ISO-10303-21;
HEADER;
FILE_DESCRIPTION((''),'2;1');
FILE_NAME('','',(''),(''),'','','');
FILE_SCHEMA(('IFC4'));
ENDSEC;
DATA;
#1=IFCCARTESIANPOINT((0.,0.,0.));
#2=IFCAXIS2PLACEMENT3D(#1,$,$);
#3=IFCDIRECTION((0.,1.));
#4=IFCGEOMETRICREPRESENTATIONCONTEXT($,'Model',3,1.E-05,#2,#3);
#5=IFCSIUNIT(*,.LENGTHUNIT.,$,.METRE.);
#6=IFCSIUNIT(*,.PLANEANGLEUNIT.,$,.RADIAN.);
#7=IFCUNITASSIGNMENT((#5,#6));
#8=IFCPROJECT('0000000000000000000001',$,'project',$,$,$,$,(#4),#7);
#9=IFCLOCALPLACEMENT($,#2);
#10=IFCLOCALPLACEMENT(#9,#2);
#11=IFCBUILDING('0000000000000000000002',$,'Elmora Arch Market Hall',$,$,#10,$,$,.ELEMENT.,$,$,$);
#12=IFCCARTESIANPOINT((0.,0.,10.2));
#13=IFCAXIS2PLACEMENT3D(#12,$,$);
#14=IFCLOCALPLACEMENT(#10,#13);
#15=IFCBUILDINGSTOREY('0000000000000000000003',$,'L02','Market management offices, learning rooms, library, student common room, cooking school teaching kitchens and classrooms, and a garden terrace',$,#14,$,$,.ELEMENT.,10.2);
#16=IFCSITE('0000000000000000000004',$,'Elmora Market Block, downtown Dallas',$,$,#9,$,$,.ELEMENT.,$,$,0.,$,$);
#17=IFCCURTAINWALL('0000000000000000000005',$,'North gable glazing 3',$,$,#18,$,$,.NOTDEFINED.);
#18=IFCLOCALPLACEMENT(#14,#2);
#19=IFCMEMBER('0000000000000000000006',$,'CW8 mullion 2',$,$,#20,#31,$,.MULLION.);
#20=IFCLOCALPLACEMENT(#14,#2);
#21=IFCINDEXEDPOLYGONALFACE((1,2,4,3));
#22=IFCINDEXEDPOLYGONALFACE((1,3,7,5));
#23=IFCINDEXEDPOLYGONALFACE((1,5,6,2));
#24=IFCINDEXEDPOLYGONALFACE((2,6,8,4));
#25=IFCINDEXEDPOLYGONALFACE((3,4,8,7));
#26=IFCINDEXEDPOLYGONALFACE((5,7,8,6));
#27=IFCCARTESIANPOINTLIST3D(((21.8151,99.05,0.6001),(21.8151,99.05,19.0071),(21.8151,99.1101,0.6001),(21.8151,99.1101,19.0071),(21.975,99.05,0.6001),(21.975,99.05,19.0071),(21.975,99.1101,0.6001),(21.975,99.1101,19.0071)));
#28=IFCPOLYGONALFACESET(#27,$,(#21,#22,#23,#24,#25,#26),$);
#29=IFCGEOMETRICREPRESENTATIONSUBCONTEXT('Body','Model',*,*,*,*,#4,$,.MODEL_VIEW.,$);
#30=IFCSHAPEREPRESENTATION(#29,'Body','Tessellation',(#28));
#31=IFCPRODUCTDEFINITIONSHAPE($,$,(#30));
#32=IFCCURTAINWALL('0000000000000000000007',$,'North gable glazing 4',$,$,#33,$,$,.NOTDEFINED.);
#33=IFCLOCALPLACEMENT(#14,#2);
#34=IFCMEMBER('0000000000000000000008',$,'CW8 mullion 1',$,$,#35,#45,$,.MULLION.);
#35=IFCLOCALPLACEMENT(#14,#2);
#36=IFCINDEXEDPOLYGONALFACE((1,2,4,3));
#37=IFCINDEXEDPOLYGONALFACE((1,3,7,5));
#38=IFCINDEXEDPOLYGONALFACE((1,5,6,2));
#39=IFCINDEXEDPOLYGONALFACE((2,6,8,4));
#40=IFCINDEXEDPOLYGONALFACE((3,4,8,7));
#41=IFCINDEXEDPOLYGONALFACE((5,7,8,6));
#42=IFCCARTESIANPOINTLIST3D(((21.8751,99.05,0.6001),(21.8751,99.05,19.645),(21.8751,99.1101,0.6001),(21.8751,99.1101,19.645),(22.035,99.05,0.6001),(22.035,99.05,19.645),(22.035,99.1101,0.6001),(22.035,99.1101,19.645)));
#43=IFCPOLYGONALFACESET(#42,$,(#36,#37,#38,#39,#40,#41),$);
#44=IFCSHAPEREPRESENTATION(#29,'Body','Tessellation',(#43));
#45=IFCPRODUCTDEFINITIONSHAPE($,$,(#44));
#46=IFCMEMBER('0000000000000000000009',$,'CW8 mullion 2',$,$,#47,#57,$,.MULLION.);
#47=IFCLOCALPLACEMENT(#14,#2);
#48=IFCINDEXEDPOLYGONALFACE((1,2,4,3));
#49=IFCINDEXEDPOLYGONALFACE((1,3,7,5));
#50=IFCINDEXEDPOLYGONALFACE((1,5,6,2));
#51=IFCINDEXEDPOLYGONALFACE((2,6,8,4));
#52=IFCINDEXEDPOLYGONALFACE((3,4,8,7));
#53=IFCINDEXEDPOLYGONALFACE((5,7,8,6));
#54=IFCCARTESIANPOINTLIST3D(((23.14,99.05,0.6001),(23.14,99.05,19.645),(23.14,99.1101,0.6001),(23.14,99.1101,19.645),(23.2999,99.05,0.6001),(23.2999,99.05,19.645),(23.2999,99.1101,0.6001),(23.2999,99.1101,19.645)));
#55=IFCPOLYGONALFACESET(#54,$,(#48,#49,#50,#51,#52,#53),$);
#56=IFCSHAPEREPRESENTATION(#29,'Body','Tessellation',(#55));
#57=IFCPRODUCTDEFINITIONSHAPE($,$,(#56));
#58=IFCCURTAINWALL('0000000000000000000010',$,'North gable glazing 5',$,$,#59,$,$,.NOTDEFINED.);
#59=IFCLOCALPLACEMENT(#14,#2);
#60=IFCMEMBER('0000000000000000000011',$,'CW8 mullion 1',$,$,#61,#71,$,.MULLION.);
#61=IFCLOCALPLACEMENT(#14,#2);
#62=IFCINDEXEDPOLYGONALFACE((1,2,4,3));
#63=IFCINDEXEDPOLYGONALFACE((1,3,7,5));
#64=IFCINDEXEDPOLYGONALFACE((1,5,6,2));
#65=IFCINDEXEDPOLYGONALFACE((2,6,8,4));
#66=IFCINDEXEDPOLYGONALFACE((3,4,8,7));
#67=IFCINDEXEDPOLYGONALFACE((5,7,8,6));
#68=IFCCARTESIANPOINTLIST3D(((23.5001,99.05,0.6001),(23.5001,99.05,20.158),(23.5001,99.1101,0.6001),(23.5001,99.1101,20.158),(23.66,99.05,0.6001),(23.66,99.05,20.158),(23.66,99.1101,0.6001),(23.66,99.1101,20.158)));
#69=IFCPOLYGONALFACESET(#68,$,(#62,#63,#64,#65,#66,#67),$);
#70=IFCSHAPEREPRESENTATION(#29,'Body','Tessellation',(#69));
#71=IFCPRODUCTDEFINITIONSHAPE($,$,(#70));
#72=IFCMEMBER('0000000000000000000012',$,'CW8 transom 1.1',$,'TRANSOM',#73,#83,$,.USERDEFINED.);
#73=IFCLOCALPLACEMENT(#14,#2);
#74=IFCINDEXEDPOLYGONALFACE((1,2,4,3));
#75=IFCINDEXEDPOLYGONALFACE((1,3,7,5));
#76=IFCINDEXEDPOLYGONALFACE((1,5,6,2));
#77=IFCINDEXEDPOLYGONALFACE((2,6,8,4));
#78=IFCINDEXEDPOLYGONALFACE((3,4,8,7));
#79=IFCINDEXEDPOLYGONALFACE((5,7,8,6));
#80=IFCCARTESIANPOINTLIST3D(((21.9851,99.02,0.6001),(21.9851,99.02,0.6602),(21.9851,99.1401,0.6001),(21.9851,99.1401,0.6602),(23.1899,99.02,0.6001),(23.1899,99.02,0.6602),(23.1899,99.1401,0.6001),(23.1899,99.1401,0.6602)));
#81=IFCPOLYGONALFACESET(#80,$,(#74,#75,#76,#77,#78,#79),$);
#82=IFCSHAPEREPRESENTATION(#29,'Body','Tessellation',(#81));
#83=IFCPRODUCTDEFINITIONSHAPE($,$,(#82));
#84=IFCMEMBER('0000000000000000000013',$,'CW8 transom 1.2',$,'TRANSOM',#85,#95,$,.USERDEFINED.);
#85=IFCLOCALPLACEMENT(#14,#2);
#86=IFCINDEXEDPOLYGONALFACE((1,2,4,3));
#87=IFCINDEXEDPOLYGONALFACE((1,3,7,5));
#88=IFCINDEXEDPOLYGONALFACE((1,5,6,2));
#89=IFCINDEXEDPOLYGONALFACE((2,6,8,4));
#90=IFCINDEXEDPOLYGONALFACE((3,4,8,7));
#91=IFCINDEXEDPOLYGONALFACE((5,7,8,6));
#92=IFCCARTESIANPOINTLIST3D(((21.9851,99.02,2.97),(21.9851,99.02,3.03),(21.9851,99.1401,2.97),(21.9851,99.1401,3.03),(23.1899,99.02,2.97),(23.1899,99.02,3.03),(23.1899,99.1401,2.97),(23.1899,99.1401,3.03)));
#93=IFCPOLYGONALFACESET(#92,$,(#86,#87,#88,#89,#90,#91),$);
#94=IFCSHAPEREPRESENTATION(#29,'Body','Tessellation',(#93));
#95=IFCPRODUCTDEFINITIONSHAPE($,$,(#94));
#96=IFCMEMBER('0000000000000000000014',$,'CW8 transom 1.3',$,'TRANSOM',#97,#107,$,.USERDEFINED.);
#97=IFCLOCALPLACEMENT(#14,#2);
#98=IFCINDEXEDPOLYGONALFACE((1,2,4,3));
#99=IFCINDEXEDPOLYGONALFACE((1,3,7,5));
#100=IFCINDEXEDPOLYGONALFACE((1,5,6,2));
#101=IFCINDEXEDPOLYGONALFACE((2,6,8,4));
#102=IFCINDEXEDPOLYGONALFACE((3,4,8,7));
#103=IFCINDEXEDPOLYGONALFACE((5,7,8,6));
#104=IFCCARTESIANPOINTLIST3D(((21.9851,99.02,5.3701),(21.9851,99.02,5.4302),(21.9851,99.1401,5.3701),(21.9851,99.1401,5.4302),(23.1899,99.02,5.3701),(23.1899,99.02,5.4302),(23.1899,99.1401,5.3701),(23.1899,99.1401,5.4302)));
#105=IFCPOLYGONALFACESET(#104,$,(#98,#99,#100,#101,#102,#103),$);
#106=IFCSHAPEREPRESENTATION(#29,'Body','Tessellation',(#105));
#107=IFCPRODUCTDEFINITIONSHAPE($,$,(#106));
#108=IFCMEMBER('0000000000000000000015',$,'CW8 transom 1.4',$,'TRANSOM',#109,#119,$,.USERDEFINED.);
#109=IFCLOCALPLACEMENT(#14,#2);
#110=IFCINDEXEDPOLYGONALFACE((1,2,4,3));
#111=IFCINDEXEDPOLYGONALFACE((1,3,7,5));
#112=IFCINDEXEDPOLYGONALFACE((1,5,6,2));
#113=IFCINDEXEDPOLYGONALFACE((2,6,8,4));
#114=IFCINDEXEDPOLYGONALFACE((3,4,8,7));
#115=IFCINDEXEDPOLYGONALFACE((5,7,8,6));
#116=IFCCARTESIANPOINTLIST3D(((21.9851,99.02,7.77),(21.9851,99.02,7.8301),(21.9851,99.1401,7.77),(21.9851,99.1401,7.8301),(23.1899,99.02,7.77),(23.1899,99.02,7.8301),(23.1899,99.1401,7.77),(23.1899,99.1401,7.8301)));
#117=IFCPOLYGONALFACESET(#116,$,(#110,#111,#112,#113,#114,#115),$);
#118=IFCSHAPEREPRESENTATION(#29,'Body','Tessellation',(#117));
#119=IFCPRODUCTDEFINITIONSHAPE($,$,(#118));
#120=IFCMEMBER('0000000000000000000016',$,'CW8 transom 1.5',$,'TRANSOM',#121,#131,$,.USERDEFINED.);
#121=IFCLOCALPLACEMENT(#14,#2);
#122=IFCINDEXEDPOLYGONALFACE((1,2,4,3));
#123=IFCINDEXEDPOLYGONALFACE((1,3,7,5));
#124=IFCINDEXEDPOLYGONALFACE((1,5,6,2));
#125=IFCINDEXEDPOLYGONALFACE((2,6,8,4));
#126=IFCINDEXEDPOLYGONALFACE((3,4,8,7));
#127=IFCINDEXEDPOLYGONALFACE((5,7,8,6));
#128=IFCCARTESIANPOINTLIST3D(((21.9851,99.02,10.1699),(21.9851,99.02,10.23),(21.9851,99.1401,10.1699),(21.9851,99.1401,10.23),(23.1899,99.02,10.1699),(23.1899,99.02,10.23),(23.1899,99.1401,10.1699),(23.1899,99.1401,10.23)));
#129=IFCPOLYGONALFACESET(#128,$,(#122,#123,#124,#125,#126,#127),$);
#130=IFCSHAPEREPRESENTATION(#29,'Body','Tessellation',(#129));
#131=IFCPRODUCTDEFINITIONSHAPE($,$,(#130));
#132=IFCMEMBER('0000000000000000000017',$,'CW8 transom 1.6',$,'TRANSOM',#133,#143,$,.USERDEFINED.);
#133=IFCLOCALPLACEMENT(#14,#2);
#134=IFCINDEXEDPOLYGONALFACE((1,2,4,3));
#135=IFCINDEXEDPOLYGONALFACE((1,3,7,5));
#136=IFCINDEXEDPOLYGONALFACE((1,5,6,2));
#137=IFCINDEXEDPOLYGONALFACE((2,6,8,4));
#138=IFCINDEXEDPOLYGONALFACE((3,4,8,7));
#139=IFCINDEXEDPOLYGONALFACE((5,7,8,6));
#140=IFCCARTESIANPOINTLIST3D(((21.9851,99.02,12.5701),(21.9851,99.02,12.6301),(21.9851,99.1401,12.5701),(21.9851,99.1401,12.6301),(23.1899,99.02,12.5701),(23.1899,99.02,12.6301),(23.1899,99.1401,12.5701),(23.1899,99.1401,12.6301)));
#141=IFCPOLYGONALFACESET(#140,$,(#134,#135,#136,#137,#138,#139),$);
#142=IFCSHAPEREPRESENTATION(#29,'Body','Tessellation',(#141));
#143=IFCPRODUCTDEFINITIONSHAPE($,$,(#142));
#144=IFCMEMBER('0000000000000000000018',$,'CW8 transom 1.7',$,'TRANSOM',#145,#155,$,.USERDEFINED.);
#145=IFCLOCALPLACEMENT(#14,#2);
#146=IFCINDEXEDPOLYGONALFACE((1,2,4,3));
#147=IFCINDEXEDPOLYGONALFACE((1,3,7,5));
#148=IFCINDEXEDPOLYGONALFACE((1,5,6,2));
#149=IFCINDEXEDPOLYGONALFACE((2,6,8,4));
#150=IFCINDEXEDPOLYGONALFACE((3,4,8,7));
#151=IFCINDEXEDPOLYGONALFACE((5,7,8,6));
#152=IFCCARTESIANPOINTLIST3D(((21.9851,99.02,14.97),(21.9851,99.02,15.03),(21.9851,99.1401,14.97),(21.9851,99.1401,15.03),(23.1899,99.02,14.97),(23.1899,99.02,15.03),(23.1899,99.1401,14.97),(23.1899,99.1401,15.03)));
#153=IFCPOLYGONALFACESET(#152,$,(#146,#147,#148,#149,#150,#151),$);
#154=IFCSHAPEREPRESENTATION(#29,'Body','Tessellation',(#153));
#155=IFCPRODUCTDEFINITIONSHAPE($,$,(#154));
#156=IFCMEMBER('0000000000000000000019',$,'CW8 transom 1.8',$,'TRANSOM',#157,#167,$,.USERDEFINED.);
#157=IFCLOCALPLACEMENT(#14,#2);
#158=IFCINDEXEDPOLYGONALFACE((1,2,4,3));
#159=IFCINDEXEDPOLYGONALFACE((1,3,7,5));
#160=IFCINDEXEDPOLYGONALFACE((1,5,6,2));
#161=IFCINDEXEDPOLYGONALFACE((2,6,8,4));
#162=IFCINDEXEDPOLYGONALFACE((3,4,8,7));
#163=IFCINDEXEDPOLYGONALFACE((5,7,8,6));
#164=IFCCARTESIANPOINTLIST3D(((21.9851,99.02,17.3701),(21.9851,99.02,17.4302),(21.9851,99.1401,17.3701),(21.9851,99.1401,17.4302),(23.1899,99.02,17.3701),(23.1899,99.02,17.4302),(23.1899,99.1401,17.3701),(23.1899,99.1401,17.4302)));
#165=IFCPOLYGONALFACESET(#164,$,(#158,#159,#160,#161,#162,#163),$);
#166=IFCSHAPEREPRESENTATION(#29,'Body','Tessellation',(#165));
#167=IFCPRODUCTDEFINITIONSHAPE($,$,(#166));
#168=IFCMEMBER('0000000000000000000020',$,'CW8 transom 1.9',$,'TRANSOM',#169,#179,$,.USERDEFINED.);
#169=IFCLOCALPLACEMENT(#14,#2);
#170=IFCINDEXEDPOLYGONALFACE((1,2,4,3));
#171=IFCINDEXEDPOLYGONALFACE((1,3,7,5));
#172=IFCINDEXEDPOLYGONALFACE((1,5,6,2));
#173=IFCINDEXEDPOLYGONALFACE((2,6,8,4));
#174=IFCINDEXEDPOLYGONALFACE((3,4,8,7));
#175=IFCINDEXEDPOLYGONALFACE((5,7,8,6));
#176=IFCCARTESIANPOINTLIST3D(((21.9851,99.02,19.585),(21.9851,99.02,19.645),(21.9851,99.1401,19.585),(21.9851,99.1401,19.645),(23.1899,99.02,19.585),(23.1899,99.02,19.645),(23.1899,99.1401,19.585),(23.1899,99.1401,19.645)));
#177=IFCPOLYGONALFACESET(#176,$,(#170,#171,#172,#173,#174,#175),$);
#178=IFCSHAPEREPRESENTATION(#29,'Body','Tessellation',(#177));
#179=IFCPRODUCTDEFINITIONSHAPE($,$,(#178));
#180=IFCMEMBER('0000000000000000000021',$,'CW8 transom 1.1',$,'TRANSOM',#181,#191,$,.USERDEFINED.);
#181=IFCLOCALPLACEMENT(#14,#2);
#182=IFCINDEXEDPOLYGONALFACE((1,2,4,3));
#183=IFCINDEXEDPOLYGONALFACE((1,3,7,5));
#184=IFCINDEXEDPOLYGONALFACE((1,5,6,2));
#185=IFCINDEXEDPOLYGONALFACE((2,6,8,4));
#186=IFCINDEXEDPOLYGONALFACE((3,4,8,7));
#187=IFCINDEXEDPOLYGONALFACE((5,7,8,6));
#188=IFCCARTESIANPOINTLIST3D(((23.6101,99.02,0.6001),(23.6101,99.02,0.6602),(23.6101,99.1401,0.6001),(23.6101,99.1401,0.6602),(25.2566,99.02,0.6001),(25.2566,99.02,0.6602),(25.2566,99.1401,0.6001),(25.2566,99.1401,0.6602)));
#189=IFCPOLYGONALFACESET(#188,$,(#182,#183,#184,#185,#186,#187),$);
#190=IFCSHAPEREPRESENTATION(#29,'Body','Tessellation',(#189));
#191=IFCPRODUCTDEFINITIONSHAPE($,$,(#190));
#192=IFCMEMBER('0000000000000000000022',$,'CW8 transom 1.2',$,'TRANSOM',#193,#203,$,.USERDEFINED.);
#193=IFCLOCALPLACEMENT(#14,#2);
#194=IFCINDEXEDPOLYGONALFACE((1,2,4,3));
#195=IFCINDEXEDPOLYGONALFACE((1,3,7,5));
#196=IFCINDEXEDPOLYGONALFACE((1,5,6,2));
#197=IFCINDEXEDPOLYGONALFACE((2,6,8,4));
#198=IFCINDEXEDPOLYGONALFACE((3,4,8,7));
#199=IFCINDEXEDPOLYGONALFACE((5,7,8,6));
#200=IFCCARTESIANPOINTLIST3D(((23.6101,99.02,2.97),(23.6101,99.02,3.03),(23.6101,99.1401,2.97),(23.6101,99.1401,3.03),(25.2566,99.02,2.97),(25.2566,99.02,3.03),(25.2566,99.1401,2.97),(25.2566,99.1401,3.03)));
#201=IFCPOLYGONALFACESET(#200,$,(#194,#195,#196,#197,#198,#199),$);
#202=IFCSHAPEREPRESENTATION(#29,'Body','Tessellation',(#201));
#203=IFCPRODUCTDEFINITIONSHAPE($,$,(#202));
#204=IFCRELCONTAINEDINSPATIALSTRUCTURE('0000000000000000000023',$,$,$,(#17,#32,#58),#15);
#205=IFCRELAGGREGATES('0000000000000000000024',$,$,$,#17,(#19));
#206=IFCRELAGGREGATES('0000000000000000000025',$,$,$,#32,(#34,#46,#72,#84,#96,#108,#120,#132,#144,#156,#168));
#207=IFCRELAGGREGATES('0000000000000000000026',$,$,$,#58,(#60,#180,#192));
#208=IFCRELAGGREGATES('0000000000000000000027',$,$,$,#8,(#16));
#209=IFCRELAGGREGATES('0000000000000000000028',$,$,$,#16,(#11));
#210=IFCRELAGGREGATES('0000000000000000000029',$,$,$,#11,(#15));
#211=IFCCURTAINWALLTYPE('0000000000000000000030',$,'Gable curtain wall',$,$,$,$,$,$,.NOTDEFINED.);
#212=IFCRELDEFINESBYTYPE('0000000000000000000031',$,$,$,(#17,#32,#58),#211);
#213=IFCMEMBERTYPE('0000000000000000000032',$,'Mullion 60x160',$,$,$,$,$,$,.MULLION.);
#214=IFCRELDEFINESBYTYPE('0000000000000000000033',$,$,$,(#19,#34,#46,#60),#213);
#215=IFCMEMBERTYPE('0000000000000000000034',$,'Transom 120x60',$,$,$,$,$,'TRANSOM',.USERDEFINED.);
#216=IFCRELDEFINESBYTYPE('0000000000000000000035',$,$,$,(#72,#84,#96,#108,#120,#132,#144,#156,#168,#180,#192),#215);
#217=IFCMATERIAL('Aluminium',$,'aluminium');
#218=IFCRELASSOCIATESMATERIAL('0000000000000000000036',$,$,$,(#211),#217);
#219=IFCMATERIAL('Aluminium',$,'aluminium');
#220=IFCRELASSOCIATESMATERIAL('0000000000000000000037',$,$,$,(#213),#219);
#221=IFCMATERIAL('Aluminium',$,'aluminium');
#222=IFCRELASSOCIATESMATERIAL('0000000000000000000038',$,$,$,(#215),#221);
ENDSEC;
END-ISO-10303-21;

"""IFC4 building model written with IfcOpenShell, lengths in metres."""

from ifc_helpers import new_model, si_unit, direction, frame, origin, origin_2d, place, context, subcontext, project, spatial, rectangle, extrude, material, material_profile, profile_set, type_object, element, aggregate, save


model = new_model("IFC4")

# Units and contexts
model_context = context("Model", 3, precision=1e-05, world=origin(), true_north=direction((0.0, 1.0)))
body_context = subcontext(model_context, "Body", "Model", "MODEL_VIEW")
ifc_project = project(units=[si_unit("LENGTHUNIT", "METRE"), si_unit("PLANEANGLEUNIT", "RADIAN")], contexts=[model_context])

# Site, building, storey
site_placement = place(None, origin())
site = spatial("IfcSite", under=ifc_project, at=site_placement, Name="Elmora Market Block, downtown Dallas", CompositionType="ELEMENT", RefElevation=0.0)
building_placement = place(site_placement, origin())
building = spatial("IfcBuilding", under=site, at=building_placement, Name="Elmora Arch Market Hall", CompositionType="ELEMENT")
storey_placement = place(building_placement, frame((0.0, 0.0, 10.2)))
storey = spatial("IfcBuildingStorey", under=building, at=storey_placement, Name="L02", Description="Market management offices, learning rooms, library, student common room, cooking school teaching kitchens and classrooms, and a garden terrace", CompositionType="ELEMENT", Elevation=10.2)

# Curtain wall, member
ifc_material_1 = material(Name="Aluminium", Category="aluminium")
curtain_wall_type = type_object("IfcCurtainWallType", Name="Gable curtain wall", PredefinedType="NOTDEFINED", material=ifc_material_1)
curtain_wall_1_placement = place(storey_placement, origin())
curtain_wall_1 = element("IfcCurtainWall", 1, at=curtain_wall_1_placement, inside=storey, type_object=curtain_wall_type, Name="North gable glazing 3", PredefinedType="NOTDEFINED")
ifc_material_2 = material(Name="Aluminium", Category="aluminium")
ifc_material_profile_1 = material_profile(ifc_material_2, rectangle(XDim=0.0601, YDim=0.1599, at=origin_2d()), Name="AL 60x160")
ifc_profile_set_1 = profile_set([ifc_material_profile_1], Name="Aluminium")
member_type_1 = type_object("IfcMemberType", Name="Mullion 60x160", PredefinedType="MULLION", material=ifc_profile_set_1)
member_1_placement = place(storey_placement, frame((21.895, 99.0801, 0.6001), z_axis=(0.0, 0.0, 1.0), x_axis=(0.0, 1.0, 0.0)))
member_1 = element("IfcMember", 2, at=member_1_placement, type_object=member_type_1, Name="CW8 mullion 2", PredefinedType="MULLION", context=body_context, shape_type="SweptSolid", body=[
    extrude(rectangle(XDim=0.0601, YDim=0.1599, at=origin_2d()), origin(), (0.0, 0.0, 1.0), 18.407),
])
aggregate(curtain_wall_1, [member_1])

# Curtain wall, members
curtain_wall_2_placement = place(storey_placement, origin())
curtain_wall_2 = element("IfcCurtainWall", 3, at=curtain_wall_2_placement, inside=storey, type_object=curtain_wall_type, Name="North gable glazing 4", PredefinedType="NOTDEFINED")
member_2_placement = place(storey_placement, frame((21.9551, 99.0801, 0.6001), z_axis=(0.0, 0.0, 1.0), x_axis=(0.0, 1.0, 0.0)))
member_2 = element("IfcMember", 4, at=member_2_placement, type_object=member_type_1, Name="CW8 mullion 1", PredefinedType="MULLION", context=body_context, shape_type="SweptSolid", body=[
    extrude(rectangle(XDim=0.0601, YDim=0.1599, at=origin_2d()), origin(), (0.0, 0.0, 1.0), 19.0449),
])
member_3_placement = place(storey_placement, frame((23.22, 99.0801, 0.6001), z_axis=(0.0, 0.0, 1.0), x_axis=(0.0, 1.0, 0.0)))
member_3 = element("IfcMember", 5, at=member_3_placement, type_object=member_type_1, Name="CW8 mullion 2", PredefinedType="MULLION", context=body_context, shape_type="SweptSolid", body=[
    extrude(rectangle(XDim=0.0601, YDim=0.1599, at=origin_2d()), origin(), (0.0, 0.0, 1.0), 19.0449),
])

# Curtain wall, member
curtain_wall_3_placement = place(storey_placement, origin())
curtain_wall_3 = element("IfcCurtainWall", 6, at=curtain_wall_3_placement, inside=storey, type_object=curtain_wall_type, Name="North gable glazing 5", PredefinedType="NOTDEFINED")
member_4_placement = place(storey_placement, frame((23.5801, 99.0801, 0.6001), z_axis=(0.0, 0.0, 1.0), x_axis=(0.0, 1.0, 0.0)))
member_4 = element("IfcMember", 7, at=member_4_placement, type_object=member_type_1, Name="CW8 mullion 1", PredefinedType="MULLION", context=body_context, shape_type="SweptSolid", body=[
    extrude(rectangle(XDim=0.0601, YDim=0.1599, at=origin_2d()), origin(), (0.0, 0.0, 1.0), 19.5579),
])

# Members
ifc_material_3 = material(Name="Aluminium", Category="aluminium")
ifc_material_profile_2 = material_profile(ifc_material_3, rectangle(XDim=0.1201, YDim=0.0601, at=origin_2d()), Name="AL 120x60")
ifc_profile_set_2 = profile_set([ifc_material_profile_2], Name="Aluminium")
member_type_2 = type_object("IfcMemberType", Name="Transom 120x60", ElementType="TRANSOM", PredefinedType="USERDEFINED", material=ifc_profile_set_2)
member_5_placement = place(storey_placement, frame((21.9851, 99.0801, 0.6301), z_axis=(1.0, 0.0, 0.0), x_axis=(0.0, 1.0, 0.0)))
member_5 = element("IfcMember", 8, at=member_5_placement, type_object=member_type_2, Name="CW8 transom 1.1", ObjectType="TRANSOM", PredefinedType="USERDEFINED", context=body_context, shape_type="SweptSolid", body=[
    extrude(rectangle(XDim=0.1201, YDim=0.0601, at=origin_2d()), origin(), (0.0, 0.0, 1.0), 1.2048),
])
member_6_placement = place(storey_placement, frame((21.9851, 99.0801, 3.0), z_axis=(1.0, 0.0, 0.0), x_axis=(0.0, 1.0, 0.0)))
member_6 = element("IfcMember", 9, at=member_6_placement, type_object=member_type_2, Name="CW8 transom 1.2", ObjectType="TRANSOM", PredefinedType="USERDEFINED", context=body_context, shape_type="SweptSolid", body=[
    extrude(rectangle(XDim=0.1201, YDim=0.0601, at=origin_2d()), origin(), (0.0, 0.0, 1.0), 1.2048),
])
member_7_placement = place(storey_placement, frame((21.9851, 99.0801, 5.4001), z_axis=(1.0, 0.0, 0.0), x_axis=(0.0, 1.0, 0.0)))
member_7 = element("IfcMember", 10, at=member_7_placement, type_object=member_type_2, Name="CW8 transom 1.3", ObjectType="TRANSOM", PredefinedType="USERDEFINED", context=body_context, shape_type="SweptSolid", body=[
    extrude(rectangle(XDim=0.1201, YDim=0.0601, at=origin_2d()), origin(), (0.0, 0.0, 1.0), 1.2048),
])
member_8_placement = place(storey_placement, frame((21.9851, 99.0801, 7.8), z_axis=(1.0, 0.0, 0.0), x_axis=(0.0, 1.0, 0.0)))
member_8 = element("IfcMember", 11, at=member_8_placement, type_object=member_type_2, Name="CW8 transom 1.4", ObjectType="TRANSOM", PredefinedType="USERDEFINED", context=body_context, shape_type="SweptSolid", body=[
    extrude(rectangle(XDim=0.1201, YDim=0.0601, at=origin_2d()), origin(), (0.0, 0.0, 1.0), 1.2048),
])
member_9_placement = place(storey_placement, frame((21.9851, 99.0801, 10.2), z_axis=(1.0, 0.0, 0.0), x_axis=(0.0, 1.0, 0.0)))
member_9 = element("IfcMember", 12, at=member_9_placement, type_object=member_type_2, Name="CW8 transom 1.5", ObjectType="TRANSOM", PredefinedType="USERDEFINED", context=body_context, shape_type="SweptSolid", body=[
    extrude(rectangle(XDim=0.1201, YDim=0.0601, at=origin_2d()), origin(), (0.0, 0.0, 1.0), 1.2048),
])
member_10_placement = place(storey_placement, frame((21.9851, 99.0801, 12.6001), z_axis=(1.0, 0.0, 0.0), x_axis=(0.0, 1.0, 0.0)))
member_10 = element("IfcMember", 13, at=member_10_placement, type_object=member_type_2, Name="CW8 transom 1.6", ObjectType="TRANSOM", PredefinedType="USERDEFINED", context=body_context, shape_type="SweptSolid", body=[
    extrude(rectangle(XDim=0.1201, YDim=0.0601, at=origin_2d()), origin(), (0.0, 0.0, 1.0), 1.2048),
])
member_11_placement = place(storey_placement, frame((21.9851, 99.0801, 15.0), z_axis=(1.0, 0.0, 0.0), x_axis=(0.0, 1.0, 0.0)))
member_11 = element("IfcMember", 14, at=member_11_placement, type_object=member_type_2, Name="CW8 transom 1.7", ObjectType="TRANSOM", PredefinedType="USERDEFINED", context=body_context, shape_type="SweptSolid", body=[
    extrude(rectangle(XDim=0.1201, YDim=0.0601, at=origin_2d()), origin(), (0.0, 0.0, 1.0), 1.2048),
])
member_12_placement = place(storey_placement, frame((21.9851, 99.0801, 17.4001), z_axis=(1.0, 0.0, 0.0), x_axis=(0.0, 1.0, 0.0)))
member_12 = element("IfcMember", 15, at=member_12_placement, type_object=member_type_2, Name="CW8 transom 1.8", ObjectType="TRANSOM", PredefinedType="USERDEFINED", context=body_context, shape_type="SweptSolid", body=[
    extrude(rectangle(XDim=0.1201, YDim=0.0601, at=origin_2d()), origin(), (0.0, 0.0, 1.0), 1.2048),
])
member_13_placement = place(storey_placement, frame((21.9851, 99.0801, 19.615), z_axis=(1.0, 0.0, 0.0), x_axis=(0.0, 1.0, 0.0)))
member_13 = element("IfcMember", 16, at=member_13_placement, type_object=member_type_2, Name="CW8 transom 1.9", ObjectType="TRANSOM", PredefinedType="USERDEFINED", context=body_context, shape_type="SweptSolid", body=[
    extrude(rectangle(XDim=0.1201, YDim=0.0601, at=origin_2d()), origin(), (0.0, 0.0, 1.0), 1.2048),
])
member_14_placement = place(storey_placement, frame((23.6101, 99.0801, 0.6301), z_axis=(1.0, 0.0, 0.0), x_axis=(0.0, 1.0, 0.0)))
member_14 = element("IfcMember", 17, at=member_14_placement, type_object=member_type_2, Name="CW8 transom 1.1", ObjectType="TRANSOM", PredefinedType="USERDEFINED", context=body_context, shape_type="SweptSolid", body=[
    extrude(rectangle(XDim=0.1201, YDim=0.0601, at=origin_2d()), origin(), (0.0, 0.0, 1.0), 1.6465),
])
member_15_placement = place(storey_placement, frame((23.6101, 99.0801, 3.0), z_axis=(1.0, 0.0, 0.0), x_axis=(0.0, 1.0, 0.0)))
member_15 = element("IfcMember", 18, at=member_15_placement, type_object=member_type_2, Name="CW8 transom 1.2", ObjectType="TRANSOM", PredefinedType="USERDEFINED", context=body_context, shape_type="SweptSolid", body=[
    extrude(rectangle(XDim=0.1201, YDim=0.0601, at=origin_2d()), origin(), (0.0, 0.0, 1.0), 1.6465),
])

aggregate(curtain_wall_2, [member_2, member_3, member_5, member_6, member_7, member_8, member_9, member_10, member_11, member_12, member_13])
aggregate(curtain_wall_3, [member_4, member_14, member_15])

save(model, "model.ifc")
